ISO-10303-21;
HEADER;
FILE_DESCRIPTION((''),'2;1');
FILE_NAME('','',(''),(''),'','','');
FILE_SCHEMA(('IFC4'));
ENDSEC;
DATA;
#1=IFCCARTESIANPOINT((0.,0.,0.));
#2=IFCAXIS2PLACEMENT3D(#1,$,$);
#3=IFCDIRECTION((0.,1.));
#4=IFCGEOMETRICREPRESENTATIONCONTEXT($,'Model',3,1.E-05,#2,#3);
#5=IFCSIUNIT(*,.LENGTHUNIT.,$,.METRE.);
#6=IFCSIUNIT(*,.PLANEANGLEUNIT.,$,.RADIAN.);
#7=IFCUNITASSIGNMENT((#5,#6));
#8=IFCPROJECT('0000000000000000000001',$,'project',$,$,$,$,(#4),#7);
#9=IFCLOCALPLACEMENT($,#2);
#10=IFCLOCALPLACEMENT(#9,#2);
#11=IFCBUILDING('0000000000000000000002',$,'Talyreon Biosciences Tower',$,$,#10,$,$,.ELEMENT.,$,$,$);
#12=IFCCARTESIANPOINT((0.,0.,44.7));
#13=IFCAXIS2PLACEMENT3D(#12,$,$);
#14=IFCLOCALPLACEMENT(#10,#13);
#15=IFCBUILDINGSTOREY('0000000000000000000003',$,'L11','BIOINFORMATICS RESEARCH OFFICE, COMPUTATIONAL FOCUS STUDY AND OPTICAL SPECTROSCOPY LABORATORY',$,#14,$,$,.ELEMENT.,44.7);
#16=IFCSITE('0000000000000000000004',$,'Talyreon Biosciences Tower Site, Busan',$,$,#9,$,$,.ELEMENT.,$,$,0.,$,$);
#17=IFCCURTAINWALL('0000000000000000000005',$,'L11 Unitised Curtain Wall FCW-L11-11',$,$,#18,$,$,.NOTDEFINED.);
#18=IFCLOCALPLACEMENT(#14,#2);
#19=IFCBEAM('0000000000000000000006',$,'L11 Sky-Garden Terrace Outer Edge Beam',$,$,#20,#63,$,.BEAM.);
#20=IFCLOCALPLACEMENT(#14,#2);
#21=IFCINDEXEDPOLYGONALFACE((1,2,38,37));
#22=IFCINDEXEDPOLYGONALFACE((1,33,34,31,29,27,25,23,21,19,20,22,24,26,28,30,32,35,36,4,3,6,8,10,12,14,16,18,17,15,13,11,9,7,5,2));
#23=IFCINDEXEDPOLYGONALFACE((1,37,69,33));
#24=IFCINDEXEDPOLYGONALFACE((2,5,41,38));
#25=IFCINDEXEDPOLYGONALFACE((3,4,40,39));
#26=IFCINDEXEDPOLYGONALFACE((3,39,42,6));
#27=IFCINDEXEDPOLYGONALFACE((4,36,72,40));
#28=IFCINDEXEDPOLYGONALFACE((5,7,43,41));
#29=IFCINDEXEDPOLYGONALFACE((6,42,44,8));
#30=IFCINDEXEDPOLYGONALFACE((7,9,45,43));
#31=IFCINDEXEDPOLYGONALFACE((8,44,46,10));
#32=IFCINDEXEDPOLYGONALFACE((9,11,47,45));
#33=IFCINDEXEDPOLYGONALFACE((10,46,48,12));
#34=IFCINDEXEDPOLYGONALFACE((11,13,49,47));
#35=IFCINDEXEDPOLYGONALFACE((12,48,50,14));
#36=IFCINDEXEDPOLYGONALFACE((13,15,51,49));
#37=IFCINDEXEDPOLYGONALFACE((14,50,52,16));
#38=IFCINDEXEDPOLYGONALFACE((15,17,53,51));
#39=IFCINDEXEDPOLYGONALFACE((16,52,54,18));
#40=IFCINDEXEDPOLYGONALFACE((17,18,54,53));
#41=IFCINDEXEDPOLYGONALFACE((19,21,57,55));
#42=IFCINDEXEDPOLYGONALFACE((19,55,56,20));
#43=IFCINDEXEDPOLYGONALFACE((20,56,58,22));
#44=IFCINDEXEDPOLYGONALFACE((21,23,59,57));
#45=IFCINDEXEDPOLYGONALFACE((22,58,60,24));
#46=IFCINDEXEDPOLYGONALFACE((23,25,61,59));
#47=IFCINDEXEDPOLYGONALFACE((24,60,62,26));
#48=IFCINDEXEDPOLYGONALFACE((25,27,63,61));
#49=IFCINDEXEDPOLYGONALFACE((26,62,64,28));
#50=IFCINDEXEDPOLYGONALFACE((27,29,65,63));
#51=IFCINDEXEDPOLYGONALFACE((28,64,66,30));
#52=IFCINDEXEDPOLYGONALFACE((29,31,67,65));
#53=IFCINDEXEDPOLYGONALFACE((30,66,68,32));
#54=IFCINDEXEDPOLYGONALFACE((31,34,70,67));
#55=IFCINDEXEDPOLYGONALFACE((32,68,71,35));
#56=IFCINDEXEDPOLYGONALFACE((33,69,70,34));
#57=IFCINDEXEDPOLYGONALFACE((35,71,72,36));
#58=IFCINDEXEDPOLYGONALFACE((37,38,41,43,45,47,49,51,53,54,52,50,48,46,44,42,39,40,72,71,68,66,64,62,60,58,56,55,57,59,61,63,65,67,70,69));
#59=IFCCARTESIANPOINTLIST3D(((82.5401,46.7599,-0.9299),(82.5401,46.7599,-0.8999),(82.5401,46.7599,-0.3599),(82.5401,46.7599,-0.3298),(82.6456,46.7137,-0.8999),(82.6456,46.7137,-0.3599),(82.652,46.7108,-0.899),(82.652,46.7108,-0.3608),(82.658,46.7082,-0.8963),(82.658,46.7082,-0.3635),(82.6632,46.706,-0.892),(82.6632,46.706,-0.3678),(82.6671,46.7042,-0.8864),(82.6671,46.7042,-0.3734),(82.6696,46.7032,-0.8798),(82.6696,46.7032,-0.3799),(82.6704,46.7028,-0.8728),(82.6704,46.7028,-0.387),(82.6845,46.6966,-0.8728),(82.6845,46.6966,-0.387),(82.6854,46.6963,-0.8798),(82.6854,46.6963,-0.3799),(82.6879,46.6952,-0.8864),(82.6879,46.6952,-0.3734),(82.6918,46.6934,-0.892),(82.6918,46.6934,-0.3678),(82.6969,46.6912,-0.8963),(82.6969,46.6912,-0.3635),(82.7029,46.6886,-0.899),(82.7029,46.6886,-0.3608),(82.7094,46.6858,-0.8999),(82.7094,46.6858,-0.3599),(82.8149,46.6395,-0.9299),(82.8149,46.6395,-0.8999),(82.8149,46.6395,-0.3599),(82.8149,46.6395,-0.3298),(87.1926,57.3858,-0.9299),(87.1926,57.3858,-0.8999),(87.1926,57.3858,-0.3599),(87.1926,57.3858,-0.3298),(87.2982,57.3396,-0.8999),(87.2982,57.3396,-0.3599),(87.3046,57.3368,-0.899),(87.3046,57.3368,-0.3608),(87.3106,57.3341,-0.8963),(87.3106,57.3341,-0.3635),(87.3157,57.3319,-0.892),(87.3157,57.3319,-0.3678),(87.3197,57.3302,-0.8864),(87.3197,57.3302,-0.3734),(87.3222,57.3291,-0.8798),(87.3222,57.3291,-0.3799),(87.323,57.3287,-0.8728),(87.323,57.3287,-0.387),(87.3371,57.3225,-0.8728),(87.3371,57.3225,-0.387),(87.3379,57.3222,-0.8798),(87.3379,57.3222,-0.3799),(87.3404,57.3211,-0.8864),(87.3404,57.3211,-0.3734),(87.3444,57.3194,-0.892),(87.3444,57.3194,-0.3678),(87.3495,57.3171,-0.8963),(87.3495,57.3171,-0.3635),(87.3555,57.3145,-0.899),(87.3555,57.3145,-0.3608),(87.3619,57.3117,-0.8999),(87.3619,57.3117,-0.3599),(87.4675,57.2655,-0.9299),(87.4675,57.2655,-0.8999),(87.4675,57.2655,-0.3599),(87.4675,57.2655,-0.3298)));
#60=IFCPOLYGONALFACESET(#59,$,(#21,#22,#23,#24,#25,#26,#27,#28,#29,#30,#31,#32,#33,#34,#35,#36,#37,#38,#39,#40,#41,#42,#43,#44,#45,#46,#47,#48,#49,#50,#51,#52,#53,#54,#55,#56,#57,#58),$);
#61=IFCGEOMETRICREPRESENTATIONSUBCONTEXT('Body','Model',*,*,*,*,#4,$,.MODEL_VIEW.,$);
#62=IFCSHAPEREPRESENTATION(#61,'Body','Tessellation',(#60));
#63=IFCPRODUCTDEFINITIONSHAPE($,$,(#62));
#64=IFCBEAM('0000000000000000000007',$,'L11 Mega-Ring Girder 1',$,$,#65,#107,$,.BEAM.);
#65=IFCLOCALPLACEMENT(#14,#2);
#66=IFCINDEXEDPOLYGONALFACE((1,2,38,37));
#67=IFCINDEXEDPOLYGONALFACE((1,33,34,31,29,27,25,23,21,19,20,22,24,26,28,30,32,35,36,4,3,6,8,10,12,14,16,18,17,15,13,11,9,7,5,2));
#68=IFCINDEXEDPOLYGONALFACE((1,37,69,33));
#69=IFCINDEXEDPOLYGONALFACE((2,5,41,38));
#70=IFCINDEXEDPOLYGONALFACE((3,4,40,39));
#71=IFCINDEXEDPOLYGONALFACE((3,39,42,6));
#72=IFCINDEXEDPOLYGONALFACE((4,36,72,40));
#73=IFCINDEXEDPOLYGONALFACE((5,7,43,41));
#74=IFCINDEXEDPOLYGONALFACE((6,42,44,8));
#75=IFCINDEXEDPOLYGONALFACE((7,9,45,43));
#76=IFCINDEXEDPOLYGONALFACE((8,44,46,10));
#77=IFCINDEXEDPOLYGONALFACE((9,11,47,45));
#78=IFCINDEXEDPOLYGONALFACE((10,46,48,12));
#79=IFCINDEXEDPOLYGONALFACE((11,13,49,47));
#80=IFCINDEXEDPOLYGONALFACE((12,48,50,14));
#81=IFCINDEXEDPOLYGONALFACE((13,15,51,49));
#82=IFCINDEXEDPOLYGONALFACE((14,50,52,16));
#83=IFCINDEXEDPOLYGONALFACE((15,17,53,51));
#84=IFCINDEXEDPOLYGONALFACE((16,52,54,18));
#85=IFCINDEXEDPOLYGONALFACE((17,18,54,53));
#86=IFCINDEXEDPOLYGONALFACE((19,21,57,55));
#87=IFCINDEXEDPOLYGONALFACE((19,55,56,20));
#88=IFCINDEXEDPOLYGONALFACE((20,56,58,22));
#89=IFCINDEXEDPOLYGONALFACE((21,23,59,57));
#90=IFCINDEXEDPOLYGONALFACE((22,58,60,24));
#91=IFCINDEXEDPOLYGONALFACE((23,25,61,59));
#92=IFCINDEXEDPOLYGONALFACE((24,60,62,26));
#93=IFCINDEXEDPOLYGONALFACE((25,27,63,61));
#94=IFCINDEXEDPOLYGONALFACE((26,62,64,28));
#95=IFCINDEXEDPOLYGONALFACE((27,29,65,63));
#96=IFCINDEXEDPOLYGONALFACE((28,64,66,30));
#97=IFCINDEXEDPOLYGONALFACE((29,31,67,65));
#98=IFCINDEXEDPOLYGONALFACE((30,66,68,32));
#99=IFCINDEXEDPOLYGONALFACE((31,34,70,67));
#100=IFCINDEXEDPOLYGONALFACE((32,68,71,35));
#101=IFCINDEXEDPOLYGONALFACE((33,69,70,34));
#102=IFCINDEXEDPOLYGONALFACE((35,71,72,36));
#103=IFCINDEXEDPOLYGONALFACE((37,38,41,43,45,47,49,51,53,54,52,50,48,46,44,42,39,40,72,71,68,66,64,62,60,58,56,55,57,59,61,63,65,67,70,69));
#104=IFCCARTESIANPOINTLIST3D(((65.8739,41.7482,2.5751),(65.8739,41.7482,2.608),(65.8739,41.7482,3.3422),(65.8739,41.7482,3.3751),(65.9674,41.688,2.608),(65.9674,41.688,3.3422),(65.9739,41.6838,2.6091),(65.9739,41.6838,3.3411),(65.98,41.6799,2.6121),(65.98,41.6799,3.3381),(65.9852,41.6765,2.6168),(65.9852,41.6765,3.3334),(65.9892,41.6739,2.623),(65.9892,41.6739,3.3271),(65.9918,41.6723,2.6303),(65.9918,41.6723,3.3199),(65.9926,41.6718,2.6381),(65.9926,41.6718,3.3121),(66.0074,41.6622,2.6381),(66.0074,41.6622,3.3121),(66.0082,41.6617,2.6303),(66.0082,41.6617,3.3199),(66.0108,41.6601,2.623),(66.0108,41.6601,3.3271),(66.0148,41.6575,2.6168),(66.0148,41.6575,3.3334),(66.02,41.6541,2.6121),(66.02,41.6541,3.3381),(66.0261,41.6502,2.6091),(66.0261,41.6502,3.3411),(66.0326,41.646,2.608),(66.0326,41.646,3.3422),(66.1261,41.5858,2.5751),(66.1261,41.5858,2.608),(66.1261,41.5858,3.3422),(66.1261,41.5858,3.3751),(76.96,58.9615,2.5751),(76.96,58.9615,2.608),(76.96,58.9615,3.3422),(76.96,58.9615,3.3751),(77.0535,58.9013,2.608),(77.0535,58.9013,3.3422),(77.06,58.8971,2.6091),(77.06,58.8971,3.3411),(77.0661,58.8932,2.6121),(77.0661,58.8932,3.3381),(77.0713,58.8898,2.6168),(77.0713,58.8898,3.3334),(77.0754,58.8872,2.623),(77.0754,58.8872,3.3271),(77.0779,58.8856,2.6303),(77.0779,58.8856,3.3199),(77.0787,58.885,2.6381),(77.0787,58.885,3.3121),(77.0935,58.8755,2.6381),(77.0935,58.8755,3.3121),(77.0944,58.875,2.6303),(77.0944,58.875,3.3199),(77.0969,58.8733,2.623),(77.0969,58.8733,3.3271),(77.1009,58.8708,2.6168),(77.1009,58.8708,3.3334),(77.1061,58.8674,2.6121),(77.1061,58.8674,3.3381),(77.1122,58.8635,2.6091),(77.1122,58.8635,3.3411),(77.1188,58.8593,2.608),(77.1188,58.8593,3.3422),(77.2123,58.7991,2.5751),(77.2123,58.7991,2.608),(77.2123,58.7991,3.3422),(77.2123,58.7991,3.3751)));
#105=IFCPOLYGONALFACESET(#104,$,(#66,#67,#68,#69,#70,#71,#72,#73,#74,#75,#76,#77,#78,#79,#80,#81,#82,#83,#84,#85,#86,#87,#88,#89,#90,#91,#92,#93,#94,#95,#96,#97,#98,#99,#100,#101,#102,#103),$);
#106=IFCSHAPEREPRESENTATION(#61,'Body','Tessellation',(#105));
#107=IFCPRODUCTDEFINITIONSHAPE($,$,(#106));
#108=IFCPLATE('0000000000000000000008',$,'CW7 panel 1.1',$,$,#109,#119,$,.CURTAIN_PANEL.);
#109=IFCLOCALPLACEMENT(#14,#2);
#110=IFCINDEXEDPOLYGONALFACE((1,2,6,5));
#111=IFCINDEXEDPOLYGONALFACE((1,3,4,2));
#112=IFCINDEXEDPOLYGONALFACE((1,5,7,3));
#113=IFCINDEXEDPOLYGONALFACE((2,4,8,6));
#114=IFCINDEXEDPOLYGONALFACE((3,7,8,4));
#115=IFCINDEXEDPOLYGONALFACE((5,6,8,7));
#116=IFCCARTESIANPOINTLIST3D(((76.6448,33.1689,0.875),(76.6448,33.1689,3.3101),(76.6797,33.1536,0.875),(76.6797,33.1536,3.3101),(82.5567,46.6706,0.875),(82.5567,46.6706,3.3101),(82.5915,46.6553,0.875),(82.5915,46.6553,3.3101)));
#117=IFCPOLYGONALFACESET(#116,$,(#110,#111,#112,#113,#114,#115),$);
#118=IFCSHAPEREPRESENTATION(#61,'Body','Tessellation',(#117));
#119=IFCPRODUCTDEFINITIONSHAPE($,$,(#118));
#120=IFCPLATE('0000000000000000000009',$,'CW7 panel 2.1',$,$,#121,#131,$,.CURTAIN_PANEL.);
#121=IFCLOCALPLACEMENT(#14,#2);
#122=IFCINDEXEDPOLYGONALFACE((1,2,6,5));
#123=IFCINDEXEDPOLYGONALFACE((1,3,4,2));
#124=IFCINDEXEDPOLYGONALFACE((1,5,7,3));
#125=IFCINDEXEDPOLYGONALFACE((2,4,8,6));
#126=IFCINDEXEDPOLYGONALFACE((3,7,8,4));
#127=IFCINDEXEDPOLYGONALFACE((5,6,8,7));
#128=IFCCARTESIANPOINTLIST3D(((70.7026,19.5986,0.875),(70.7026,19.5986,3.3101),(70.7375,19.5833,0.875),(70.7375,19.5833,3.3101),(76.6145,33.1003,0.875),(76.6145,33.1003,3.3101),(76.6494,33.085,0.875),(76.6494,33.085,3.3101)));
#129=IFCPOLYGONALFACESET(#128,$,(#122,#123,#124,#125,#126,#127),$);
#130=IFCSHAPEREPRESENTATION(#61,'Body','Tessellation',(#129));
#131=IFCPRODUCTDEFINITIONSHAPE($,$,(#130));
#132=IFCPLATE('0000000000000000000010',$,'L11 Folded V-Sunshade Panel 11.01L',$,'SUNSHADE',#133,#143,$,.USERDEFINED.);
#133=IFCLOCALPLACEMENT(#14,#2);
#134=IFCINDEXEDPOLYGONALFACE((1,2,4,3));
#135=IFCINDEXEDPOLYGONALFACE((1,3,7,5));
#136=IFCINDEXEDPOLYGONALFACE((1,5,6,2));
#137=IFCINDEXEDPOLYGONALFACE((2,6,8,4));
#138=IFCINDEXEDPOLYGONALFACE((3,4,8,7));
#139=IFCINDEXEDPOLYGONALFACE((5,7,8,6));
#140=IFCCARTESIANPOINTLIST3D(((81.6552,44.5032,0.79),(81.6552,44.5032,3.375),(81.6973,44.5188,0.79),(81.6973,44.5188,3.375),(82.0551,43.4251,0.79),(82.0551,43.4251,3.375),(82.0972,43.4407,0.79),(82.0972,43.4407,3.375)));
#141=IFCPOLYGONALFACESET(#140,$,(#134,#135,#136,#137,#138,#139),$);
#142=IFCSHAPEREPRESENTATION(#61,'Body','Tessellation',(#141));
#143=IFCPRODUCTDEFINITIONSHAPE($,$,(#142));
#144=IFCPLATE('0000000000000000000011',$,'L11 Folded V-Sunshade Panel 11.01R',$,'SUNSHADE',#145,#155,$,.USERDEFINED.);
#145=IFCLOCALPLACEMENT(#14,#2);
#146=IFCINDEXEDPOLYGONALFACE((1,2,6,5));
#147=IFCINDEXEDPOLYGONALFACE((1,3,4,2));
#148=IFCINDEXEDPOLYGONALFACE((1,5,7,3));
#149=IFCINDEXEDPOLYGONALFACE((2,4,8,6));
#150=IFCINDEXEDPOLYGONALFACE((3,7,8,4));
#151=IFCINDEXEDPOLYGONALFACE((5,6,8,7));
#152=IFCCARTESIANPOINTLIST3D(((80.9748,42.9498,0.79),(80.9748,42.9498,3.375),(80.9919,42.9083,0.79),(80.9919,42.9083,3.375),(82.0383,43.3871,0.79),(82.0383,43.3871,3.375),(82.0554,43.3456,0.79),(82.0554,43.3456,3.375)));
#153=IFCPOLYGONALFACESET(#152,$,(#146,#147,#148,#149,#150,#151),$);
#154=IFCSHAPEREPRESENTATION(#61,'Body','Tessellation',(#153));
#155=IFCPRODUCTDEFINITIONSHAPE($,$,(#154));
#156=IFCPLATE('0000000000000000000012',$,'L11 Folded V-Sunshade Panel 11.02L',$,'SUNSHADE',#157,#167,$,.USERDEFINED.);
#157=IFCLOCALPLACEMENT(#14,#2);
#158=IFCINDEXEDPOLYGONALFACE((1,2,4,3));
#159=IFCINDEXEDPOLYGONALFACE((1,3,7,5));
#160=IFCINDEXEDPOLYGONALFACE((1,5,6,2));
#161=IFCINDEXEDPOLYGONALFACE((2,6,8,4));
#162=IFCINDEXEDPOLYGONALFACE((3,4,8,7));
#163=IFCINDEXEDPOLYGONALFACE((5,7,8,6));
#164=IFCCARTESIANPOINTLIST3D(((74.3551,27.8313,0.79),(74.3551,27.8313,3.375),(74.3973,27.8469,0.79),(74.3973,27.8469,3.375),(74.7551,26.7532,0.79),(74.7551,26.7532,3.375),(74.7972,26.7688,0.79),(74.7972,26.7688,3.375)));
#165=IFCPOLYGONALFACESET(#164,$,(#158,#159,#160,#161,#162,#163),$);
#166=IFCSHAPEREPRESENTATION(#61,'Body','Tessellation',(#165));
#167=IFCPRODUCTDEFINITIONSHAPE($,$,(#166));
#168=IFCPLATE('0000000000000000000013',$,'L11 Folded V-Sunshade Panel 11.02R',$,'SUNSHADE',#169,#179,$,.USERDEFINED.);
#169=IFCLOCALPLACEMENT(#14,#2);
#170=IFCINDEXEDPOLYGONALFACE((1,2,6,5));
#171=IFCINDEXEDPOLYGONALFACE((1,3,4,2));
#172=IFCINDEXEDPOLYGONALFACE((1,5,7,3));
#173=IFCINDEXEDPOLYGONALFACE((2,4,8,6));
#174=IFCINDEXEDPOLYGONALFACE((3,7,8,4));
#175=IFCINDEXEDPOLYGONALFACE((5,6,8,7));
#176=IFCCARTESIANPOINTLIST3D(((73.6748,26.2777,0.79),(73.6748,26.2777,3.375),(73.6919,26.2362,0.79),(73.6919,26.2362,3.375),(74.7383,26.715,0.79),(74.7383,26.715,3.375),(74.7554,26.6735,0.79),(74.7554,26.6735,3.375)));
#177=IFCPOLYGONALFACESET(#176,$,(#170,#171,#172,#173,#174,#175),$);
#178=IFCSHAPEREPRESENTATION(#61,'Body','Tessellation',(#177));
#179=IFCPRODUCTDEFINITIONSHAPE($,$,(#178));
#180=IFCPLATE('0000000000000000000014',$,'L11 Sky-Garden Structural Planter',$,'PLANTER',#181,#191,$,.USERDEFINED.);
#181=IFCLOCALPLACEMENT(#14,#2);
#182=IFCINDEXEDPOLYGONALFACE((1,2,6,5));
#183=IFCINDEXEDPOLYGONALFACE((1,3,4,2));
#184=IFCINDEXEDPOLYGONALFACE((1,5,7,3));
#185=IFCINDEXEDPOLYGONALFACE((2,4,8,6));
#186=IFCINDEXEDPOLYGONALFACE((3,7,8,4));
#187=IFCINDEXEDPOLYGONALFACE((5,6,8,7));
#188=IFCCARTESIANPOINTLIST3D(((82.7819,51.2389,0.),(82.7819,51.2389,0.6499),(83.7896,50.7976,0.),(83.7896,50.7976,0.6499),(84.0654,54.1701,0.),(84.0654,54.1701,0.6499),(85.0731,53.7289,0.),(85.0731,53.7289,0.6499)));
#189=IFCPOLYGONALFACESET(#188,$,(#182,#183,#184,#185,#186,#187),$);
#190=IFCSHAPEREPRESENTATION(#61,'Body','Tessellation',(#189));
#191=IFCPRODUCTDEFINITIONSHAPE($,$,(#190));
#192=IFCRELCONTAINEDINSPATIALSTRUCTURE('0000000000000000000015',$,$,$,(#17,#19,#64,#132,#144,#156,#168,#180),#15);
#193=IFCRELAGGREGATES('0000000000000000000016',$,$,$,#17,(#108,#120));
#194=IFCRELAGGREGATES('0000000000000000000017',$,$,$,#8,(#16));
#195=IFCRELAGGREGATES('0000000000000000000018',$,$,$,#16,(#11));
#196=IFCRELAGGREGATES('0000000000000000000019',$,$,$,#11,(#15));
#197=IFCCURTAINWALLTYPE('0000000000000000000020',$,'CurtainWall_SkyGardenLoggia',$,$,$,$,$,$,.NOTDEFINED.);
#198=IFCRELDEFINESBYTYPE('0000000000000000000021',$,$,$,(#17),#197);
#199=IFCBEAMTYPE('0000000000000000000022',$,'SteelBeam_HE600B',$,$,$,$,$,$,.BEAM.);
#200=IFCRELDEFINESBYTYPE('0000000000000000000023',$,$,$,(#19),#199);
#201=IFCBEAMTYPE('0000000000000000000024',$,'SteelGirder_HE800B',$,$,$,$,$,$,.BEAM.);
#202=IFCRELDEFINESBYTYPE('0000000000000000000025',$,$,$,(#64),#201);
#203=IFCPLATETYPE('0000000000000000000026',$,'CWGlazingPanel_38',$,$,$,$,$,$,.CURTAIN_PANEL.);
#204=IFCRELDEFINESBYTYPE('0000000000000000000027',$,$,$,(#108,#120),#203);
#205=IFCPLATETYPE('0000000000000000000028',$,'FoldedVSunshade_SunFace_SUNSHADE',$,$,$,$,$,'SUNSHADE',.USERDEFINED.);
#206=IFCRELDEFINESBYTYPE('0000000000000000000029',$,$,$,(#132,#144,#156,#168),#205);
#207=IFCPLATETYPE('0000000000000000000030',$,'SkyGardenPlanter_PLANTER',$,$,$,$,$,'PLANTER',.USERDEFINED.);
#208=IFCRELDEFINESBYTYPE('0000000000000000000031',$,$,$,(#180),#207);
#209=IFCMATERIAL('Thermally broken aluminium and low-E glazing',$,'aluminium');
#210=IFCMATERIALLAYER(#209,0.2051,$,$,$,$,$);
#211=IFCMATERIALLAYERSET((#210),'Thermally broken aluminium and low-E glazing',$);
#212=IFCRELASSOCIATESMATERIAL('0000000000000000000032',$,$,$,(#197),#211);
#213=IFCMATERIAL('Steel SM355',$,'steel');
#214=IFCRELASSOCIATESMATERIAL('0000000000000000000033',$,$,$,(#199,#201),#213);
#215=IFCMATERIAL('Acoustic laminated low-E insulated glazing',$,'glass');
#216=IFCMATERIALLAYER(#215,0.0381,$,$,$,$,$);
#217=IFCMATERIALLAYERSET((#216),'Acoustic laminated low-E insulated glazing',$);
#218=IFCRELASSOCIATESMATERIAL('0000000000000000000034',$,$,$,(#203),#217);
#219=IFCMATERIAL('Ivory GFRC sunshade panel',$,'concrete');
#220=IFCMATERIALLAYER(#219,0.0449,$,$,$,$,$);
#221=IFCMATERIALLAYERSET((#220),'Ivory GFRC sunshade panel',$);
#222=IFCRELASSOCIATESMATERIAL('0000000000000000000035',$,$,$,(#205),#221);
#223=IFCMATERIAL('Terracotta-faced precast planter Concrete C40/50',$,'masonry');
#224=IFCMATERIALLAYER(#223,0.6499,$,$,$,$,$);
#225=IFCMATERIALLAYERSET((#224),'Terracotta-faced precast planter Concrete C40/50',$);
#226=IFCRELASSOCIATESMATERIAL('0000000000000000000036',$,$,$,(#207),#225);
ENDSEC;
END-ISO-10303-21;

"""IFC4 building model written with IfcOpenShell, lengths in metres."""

from ifc_helpers import new_model, si_unit, direction, frame, origin, origin_2d, place, context, subcontext, project, spatial, rectangle, i_section, extrude, material, layer, layer_set, material_profile, profile_set, type_object, element, aggregate, save


model = new_model("IFC4")

# Units and contexts
model_context = context("Model", 3, precision=1e-05, world=origin(), true_north=direction((0.0, 1.0)))
body_context = subcontext(model_context, "Body", "Model", "MODEL_VIEW")
ifc_project = project(units=[si_unit("LENGTHUNIT", "METRE"), si_unit("PLANEANGLEUNIT", "RADIAN")], contexts=[model_context])

# Site, building, storey
site_placement = place(None, origin())
site = spatial("IfcSite", under=ifc_project, at=site_placement, Name="Talyreon Biosciences Tower Site, Busan", CompositionType="ELEMENT", RefElevation=0.0)
building_placement = place(site_placement, origin())
building = spatial("IfcBuilding", under=site, at=building_placement, Name="Talyreon Biosciences Tower", CompositionType="ELEMENT")
storey_placement = place(building_placement, frame((0.0, 0.0, 44.7)))
storey = spatial("IfcBuildingStorey", under=building, at=storey_placement, Name="L11", Description="BIOINFORMATICS RESEARCH OFFICE, COMPUTATIONAL FOCUS STUDY AND OPTICAL SPECTROSCOPY LABORATORY", CompositionType="ELEMENT", Elevation=44.7)

# Curtain wall
ifc_material_1 = material(Name="Thermally broken aluminium and low-E glazing", Category="aluminium")
ifc_layer_1 = layer(ifc_material_1, 0.2051)
ifc_layer_set_1 = layer_set([ifc_layer_1], Name="Thermally broken aluminium and low-E glazing")
curtain_wall_type = type_object("IfcCurtainWallType", Name="CurtainWall_SkyGardenLoggia", PredefinedType="NOTDEFINED", material=ifc_layer_set_1)
curtain_wall_placement = place(storey_placement, origin())
curtain_wall = element("IfcCurtainWall", 1, at=curtain_wall_placement, inside=storey, type_object=curtain_wall_type, Name="L11 Unitised Curtain Wall FCW-L11-11", PredefinedType="NOTDEFINED")

# Beams
ifc_material_2 = material(Name="Steel SM355", Category="steel")
ifc_material_profile_1 = material_profile(ifc_material_2, i_section(OverallWidth=0.3, OverallDepth=0.6001, WebThickness=0.0154, FlangeThickness=0.03, FilletRadius=0.0271, at=origin_2d()), Name="HE600B")
ifc_profile_set_1 = profile_set([ifc_material_profile_1], Name="Steel SM355")
beam_type_1 = type_object("IfcBeamType", Name="SteelBeam_HE600B", PredefinedType="BEAM", material=ifc_profile_set_1)
beam_1_placement = place(storey_placement, frame((82.6775, 46.6997, -0.6299), z_axis=(0.401088, 0.916039, 0.0), x_axis=(-0.916039, 0.401088, 0.0)))
element("IfcBeam", 2, at=beam_1_placement, inside=storey, type_object=beam_type_1, Name="L11 Sky-Garden Terrace Outer Edge Beam", PredefinedType="BEAM", context=body_context, shape_type="SweptSolid", body=[
    extrude(i_section(OverallWidth=0.3, OverallDepth=0.6001, WebThickness=0.0154, FlangeThickness=0.03, FilletRadius=0.0271, at=origin_2d()), origin(), (0.0, 0.0, 1.0), 11.5999),
])
ifc_material_profile_2 = material_profile(ifc_material_2, i_section(OverallWidth=0.3, OverallDepth=0.8, WebThickness=0.0176, FlangeThickness=0.033, FilletRadius=0.03, at=origin_2d()), Name="HE800B")
ifc_profile_set_2 = profile_set([ifc_material_profile_2], Name="Steel SM355")
beam_type_2 = type_object("IfcBeamType", Name="SteelGirder_HE800B", PredefinedType="BEAM", material=ifc_profile_set_2)
beam_2_placement = place(storey_placement, frame((66.0, 41.667, 2.9751), z_axis=(0.541464, 0.840724, 0.0), x_axis=(-0.840724, 0.541464, 0.0)))
element("IfcBeam", 3, at=beam_2_placement, inside=storey, type_object=beam_type_2, Name="L11 Mega-Ring Girder 1", PredefinedType="BEAM", context=body_context, shape_type="SweptSolid", body=[
    extrude(i_section(OverallWidth=0.3, OverallDepth=0.8, WebThickness=0.0176, FlangeThickness=0.033, FilletRadius=0.03, at=origin_2d()), origin(), (0.0, 0.0, 1.0), 20.4744),
])

# Plates
ifc_material_3 = material(Name="Acoustic laminated low-E insulated glazing", Category="glass")
ifc_layer_2 = layer(ifc_material_3, 0.0381)
ifc_layer_set_2 = layer_set([ifc_layer_2], Name="Acoustic laminated low-E insulated glazing")
plate_type_1 = type_object("IfcPlateType", Name="CWGlazingPanel_38", PredefinedType="CURTAIN_PANEL", material=ifc_layer_set_2)
plate_1_placement = place(storey_placement, frame((79.6182, 39.9121, 0.875), z_axis=(0.0, 0.0, 1.0), x_axis=(-0.401097, -0.916036, 0.0)))
plate_1 = element("IfcPlate", 4, at=plate_1_placement, type_object=plate_type_1, Name="CW7 panel 1.1", PredefinedType="CURTAIN_PANEL", context=body_context, shape_type="SweptSolid", body=[
    extrude(rectangle(XDim=14.7393, YDim=0.0381, at=origin_2d()), origin(), (0.0, 0.0, 1.0), 2.4351),
])
plate_2_placement = place(storey_placement, frame((73.676, 26.3418, 0.875), z_axis=(0.0, 0.0, 1.0), x_axis=(-0.401097, -0.916036, 0.0)))
plate_2 = element("IfcPlate", 5, at=plate_2_placement, type_object=plate_type_1, Name="CW7 panel 2.1", PredefinedType="CURTAIN_PANEL", context=body_context, shape_type="SweptSolid", body=[
    extrude(rectangle(XDim=14.7393, YDim=0.0381, at=origin_2d()), origin(), (0.0, 0.0, 1.0), 2.4351),
])
aggregate(curtain_wall, [plate_1, plate_2])

# Plates
ifc_material_4 = material(Name="Ivory GFRC sunshade panel", Category="concrete")
ifc_layer_3 = layer(ifc_material_4, 0.0449)
ifc_layer_set_3 = layer_set([ifc_layer_3], Name="Ivory GFRC sunshade panel")
plate_type_2 = type_object("IfcPlateType", Name="FoldedVSunshade_SunFace_SUNSHADE", ElementType="SUNSHADE", PredefinedType="USERDEFINED", material=ifc_layer_set_3)
for number, where, z_axis, x_axis, name in (
    (6, (81.8762, 43.9719, 0.79), (0.0, 0.0, 1.0), (0.347803, -0.937568, 0.0), "L11 Folded V-Sunshade Panel 11.01L"),
    (7, (81.5151, 43.1477, 0.79), (0.0, 0.0, 1.0), (-0.924858, -0.380312, 0.0), "L11 Folded V-Sunshade Panel 11.01R"),
    (8, (74.5762, 27.3, 0.79), (0.0, 0.0, 1.0), (0.347803, -0.937568, 0.0), "L11 Folded V-Sunshade Panel 11.02L"),
    (9, (74.2151, 26.4756, 0.79), (0.0, 0.0, 1.0), (-0.924858, -0.380312, 0.0), "L11 Folded V-Sunshade Panel 11.02R"),
):
    element("IfcPlate", number, at=place(storey_placement, frame(where, z_axis=z_axis, x_axis=x_axis)), inside=storey, type_object=plate_type_2, Name=name, ObjectType="SUNSHADE", PredefinedType="USERDEFINED", context=body_context, shape_type="SweptSolid", body=[
        extrude(rectangle(XDim=1.1499, YDim=0.0449, at=origin_2d()), origin(), (0.0, 0.0, 1.0), 2.585),
    ])
ifc_material_5 = material(Name="Terracotta-faced precast planter Concrete C40/50", Category="masonry")
ifc_layer_4 = layer(ifc_material_5, 0.6499)
ifc_layer_set_4 = layer_set([ifc_layer_4], Name="Terracotta-faced precast planter Concrete C40/50")
plate_type_3 = type_object("IfcPlateType", Name="SkyGardenPlanter_PLANTER", ElementType="PLANTER", PredefinedType="USERDEFINED", material=ifc_layer_set_4)
plate_3_placement = place(storey_placement, frame((83.9275, 52.4839, 0.0), z_axis=(0.0, 0.0, 1.0), x_axis=(0.401101, 0.916034, 0.0)))
element("IfcPlate", 10, at=plate_3_placement, inside=storey, type_object=plate_type_3, Name="L11 Sky-Garden Structural Planter", ObjectType="PLANTER", PredefinedType="USERDEFINED", context=body_context, shape_type="SweptSolid", body=[
    extrude(rectangle(XDim=3.2, YDim=1.1001, at=origin_2d()), origin(), (0.0, 0.0, 1.0), 0.6499),
])

save(model, "model.ifc")
